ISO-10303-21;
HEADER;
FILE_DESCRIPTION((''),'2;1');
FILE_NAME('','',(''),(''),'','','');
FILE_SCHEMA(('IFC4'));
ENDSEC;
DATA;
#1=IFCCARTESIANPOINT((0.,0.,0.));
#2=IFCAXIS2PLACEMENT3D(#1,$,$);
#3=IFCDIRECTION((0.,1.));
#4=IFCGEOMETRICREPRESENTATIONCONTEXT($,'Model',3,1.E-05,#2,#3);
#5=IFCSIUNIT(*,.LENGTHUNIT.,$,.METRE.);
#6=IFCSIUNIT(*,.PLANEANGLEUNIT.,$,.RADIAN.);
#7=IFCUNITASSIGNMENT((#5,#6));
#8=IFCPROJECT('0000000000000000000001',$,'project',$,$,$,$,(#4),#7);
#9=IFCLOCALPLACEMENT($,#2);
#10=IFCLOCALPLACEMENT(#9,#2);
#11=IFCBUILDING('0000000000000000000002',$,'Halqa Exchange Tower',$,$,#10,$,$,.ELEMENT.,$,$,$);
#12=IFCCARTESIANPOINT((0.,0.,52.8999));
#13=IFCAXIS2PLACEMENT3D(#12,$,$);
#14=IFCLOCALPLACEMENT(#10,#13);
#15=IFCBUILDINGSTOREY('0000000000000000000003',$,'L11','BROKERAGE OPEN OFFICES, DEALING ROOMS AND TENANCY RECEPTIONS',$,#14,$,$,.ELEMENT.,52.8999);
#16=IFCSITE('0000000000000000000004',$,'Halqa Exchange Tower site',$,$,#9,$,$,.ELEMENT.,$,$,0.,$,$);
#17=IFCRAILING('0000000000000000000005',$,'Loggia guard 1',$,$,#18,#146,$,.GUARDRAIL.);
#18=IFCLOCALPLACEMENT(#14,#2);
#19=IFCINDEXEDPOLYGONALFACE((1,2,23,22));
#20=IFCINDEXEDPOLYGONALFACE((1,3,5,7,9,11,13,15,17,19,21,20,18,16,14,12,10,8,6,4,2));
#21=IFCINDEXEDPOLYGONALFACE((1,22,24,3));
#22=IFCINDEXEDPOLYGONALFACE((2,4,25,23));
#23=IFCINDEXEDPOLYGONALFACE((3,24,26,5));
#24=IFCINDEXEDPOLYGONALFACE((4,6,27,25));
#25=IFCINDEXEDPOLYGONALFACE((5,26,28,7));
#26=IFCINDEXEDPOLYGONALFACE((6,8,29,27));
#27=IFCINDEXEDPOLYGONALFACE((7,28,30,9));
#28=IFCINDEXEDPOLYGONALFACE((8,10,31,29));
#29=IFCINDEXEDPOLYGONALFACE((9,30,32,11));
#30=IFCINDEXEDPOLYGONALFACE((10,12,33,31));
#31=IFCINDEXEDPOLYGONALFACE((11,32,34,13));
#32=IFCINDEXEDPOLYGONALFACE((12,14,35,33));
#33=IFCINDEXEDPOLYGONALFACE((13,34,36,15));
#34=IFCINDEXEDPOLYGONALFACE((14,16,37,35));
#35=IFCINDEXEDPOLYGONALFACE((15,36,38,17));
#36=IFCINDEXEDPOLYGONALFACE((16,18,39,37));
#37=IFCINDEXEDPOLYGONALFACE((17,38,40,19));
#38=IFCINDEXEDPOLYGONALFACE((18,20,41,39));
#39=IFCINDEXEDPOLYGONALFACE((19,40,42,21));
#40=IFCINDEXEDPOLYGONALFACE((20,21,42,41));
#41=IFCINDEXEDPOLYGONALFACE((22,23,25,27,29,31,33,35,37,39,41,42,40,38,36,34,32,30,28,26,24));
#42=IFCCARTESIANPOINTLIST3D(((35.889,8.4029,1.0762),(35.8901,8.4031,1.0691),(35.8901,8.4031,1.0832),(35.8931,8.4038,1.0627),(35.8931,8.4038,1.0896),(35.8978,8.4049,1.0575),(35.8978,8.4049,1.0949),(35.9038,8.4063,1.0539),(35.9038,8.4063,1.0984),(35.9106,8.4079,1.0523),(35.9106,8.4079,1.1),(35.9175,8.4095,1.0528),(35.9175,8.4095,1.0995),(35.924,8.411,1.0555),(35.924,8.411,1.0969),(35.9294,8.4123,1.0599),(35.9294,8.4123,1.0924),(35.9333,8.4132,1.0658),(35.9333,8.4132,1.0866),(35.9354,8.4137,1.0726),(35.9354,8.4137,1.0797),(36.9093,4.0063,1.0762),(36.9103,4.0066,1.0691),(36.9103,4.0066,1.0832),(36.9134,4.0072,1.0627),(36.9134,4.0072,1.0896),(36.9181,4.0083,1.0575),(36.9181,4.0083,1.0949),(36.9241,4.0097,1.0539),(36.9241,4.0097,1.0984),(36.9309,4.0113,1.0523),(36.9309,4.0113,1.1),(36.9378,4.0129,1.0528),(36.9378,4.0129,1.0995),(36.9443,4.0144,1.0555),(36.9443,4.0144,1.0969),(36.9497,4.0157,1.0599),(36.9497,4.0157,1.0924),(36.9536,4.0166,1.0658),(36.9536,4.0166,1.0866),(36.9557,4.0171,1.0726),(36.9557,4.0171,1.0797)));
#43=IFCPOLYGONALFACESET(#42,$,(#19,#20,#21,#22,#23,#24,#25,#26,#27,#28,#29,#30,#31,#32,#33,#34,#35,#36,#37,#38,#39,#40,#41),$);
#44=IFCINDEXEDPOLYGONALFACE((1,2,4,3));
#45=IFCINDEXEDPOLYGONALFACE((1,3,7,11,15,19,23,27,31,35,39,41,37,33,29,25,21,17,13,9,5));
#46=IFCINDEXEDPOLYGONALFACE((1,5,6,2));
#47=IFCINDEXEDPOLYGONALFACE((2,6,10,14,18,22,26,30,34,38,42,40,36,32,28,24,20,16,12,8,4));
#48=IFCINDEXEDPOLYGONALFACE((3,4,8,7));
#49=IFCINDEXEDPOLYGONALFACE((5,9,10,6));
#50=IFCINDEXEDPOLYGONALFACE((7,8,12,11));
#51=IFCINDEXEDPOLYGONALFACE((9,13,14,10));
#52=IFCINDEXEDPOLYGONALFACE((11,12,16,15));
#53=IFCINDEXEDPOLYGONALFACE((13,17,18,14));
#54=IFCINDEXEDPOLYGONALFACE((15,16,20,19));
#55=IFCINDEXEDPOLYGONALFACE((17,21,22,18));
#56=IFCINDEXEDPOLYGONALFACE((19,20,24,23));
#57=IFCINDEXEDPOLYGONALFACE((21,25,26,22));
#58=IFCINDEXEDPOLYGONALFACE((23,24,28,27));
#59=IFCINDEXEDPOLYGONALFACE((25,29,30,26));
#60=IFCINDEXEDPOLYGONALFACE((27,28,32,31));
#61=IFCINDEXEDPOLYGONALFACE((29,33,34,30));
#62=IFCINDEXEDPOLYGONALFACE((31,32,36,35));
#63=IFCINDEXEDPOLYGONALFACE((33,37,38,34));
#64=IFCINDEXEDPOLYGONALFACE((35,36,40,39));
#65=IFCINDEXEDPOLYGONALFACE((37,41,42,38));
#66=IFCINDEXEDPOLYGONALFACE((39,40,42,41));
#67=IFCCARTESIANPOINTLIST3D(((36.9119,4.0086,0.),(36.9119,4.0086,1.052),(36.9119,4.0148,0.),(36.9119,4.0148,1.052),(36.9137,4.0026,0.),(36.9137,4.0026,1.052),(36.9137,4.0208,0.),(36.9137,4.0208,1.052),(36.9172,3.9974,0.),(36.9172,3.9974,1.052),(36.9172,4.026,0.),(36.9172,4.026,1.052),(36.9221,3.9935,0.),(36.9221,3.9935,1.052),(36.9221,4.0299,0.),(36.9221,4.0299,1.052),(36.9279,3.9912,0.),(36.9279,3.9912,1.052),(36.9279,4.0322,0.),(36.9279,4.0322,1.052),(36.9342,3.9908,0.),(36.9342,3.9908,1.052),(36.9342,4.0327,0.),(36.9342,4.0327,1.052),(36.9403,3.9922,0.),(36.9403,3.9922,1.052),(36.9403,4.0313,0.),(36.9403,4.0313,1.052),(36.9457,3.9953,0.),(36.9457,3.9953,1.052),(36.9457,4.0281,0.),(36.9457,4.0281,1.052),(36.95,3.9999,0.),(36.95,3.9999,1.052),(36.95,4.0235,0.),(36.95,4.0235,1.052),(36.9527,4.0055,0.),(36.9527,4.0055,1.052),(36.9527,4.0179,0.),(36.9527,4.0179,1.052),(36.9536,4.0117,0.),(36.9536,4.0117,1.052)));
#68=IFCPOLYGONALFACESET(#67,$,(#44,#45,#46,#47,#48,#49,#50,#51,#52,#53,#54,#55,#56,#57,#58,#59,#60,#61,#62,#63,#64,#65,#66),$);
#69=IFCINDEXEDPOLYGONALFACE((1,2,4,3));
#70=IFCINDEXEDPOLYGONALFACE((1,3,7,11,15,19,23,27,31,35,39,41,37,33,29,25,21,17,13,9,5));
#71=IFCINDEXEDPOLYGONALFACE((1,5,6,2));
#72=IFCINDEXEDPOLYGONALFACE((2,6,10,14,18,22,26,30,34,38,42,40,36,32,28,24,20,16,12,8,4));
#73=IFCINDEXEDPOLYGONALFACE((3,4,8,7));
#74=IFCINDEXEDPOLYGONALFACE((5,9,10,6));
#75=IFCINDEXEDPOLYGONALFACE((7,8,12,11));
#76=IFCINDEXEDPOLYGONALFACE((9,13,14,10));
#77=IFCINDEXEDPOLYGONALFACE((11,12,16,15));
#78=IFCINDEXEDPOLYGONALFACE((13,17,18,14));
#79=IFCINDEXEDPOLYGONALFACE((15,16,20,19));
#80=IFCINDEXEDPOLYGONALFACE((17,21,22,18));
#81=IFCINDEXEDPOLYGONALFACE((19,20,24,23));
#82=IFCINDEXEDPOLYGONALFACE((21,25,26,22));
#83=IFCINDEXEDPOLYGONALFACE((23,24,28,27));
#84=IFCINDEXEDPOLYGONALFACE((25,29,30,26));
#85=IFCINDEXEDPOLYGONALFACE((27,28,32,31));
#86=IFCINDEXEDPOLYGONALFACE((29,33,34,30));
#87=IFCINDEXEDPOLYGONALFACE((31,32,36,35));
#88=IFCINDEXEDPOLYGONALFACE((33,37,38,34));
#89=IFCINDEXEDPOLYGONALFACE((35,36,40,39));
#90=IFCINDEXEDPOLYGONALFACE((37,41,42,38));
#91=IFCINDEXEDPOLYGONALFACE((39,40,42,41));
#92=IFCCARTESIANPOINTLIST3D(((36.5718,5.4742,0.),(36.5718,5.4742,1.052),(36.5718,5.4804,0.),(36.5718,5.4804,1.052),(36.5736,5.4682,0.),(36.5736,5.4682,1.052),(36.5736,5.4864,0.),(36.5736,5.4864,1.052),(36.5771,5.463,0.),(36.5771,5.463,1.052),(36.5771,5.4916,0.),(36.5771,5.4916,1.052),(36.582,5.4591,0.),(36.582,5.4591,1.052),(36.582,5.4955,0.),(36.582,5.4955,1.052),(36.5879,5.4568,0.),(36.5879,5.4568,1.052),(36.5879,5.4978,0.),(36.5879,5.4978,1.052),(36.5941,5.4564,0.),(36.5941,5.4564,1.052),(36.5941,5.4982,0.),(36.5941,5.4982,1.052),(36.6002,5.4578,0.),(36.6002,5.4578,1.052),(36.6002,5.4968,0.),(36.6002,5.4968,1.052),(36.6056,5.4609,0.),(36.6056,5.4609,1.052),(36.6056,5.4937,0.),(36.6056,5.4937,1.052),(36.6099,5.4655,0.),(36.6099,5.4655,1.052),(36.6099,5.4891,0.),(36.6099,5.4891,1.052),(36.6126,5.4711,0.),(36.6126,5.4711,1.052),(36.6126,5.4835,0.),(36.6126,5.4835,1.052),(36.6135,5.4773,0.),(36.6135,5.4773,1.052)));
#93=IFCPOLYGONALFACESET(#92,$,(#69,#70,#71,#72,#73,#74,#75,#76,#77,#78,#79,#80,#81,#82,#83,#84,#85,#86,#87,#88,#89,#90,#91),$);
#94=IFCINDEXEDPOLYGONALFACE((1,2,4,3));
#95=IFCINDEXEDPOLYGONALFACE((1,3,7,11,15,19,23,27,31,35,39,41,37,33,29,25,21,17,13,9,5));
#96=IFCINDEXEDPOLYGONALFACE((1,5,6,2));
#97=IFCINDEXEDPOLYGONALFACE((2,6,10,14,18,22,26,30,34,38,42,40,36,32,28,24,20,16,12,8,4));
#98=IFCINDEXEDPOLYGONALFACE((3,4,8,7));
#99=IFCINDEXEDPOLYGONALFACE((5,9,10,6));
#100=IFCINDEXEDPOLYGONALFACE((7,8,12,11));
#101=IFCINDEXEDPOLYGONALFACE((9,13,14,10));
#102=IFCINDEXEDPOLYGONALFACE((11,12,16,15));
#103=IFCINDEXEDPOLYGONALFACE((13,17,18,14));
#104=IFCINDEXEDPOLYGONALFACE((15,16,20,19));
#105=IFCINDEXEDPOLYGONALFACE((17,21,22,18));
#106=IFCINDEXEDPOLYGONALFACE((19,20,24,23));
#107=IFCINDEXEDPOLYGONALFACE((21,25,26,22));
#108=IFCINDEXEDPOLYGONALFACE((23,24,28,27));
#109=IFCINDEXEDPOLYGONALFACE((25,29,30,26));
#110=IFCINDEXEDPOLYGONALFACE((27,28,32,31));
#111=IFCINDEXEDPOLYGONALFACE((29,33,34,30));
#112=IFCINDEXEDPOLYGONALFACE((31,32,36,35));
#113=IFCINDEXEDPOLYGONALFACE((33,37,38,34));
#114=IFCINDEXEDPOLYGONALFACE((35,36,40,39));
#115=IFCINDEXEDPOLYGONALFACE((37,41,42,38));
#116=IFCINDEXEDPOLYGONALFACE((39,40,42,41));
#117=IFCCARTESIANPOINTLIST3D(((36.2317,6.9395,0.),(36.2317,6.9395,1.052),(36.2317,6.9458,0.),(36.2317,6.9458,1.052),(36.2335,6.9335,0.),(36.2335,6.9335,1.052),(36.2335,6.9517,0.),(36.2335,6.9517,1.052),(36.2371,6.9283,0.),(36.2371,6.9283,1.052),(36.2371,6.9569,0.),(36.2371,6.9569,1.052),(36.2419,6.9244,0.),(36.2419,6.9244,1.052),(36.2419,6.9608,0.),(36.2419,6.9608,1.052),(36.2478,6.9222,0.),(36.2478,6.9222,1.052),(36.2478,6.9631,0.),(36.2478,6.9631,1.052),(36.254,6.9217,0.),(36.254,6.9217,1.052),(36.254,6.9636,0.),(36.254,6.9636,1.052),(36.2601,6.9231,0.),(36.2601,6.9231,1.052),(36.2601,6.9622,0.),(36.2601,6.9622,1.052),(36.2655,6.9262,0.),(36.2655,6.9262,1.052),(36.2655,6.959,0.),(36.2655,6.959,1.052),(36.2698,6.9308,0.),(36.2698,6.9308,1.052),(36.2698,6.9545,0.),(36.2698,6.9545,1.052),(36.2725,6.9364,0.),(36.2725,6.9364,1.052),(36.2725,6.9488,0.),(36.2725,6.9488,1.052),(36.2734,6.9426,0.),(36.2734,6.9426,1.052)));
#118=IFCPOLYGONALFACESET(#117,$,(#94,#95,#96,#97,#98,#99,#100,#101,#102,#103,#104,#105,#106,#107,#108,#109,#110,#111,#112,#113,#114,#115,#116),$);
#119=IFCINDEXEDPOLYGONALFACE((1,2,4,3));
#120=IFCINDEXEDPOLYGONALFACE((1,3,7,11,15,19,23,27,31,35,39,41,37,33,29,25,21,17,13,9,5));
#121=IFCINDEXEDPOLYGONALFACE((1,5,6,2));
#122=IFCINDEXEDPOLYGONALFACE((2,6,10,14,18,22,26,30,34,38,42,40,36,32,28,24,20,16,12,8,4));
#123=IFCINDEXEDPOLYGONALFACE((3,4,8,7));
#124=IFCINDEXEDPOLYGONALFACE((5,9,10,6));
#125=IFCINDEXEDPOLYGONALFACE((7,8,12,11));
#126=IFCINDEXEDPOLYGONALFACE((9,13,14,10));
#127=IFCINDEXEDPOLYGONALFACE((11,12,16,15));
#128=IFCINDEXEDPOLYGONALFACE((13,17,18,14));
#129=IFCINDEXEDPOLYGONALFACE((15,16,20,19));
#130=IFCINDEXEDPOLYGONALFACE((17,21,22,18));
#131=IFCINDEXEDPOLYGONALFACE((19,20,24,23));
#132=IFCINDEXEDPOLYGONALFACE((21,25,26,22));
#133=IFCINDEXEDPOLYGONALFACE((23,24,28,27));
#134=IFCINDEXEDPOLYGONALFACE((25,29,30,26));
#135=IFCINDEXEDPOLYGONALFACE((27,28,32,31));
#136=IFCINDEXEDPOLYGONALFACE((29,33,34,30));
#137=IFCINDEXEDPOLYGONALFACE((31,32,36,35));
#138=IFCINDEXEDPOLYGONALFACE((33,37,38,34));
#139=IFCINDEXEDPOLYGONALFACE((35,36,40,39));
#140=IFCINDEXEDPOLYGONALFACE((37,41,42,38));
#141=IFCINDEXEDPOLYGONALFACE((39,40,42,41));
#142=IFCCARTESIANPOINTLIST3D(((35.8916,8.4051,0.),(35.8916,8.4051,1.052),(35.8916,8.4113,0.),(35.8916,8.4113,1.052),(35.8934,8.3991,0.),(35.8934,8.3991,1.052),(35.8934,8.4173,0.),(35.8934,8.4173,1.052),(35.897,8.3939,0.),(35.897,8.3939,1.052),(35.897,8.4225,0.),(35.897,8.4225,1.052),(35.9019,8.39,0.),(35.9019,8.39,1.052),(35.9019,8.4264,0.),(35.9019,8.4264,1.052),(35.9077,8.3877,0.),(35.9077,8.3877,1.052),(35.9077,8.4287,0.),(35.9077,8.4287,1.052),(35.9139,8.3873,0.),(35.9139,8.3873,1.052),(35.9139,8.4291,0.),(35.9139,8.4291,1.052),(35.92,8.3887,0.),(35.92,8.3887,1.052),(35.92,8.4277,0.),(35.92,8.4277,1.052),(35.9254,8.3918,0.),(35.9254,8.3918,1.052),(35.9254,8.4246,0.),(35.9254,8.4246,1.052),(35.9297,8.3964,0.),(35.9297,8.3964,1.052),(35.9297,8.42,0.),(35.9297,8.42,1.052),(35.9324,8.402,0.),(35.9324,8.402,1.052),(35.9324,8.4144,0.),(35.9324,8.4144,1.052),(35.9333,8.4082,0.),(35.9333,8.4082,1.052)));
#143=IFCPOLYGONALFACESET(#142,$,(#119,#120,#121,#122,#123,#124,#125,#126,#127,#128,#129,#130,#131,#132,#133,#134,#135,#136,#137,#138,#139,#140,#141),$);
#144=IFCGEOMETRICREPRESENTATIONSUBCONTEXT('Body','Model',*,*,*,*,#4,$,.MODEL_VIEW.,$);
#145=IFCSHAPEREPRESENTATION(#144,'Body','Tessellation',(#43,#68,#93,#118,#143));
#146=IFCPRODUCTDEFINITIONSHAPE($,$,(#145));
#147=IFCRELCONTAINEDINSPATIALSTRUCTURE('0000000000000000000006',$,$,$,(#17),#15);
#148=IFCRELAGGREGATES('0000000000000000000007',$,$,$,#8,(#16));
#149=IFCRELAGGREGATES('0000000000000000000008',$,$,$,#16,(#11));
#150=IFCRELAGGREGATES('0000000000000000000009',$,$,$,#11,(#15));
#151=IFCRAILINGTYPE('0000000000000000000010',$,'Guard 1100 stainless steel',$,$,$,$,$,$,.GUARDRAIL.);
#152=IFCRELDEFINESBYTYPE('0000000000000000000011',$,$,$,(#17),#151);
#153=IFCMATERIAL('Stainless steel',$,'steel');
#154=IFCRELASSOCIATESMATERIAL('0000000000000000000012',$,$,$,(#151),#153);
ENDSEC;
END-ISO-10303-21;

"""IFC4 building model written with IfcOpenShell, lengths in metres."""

from ifc_helpers import new_model, si_unit, direction, frame, origin, origin_2d, place, context, subcontext, project, spatial, circle, extrude, material, type_object, element, save


model = new_model("IFC4")

# Units and contexts
model_context = context("Model", 3, precision=1e-05, world=origin(), true_north=direction((0.0, 1.0)))
body_context = subcontext(model_context, "Body", "Model", "MODEL_VIEW")
ifc_project = project(units=[si_unit("LENGTHUNIT", "METRE"), si_unit("PLANEANGLEUNIT", "RADIAN")], contexts=[model_context])

# Site, building, storey
site_placement = place(None, origin())
site = spatial("IfcSite", under=ifc_project, at=site_placement, Name="Halqa Exchange Tower site", CompositionType="ELEMENT", RefElevation=0.0)
building_placement = place(site_placement, origin())
building = spatial("IfcBuilding", under=site, at=building_placement, Name="Halqa Exchange Tower", CompositionType="ELEMENT")
storey_placement = place(building_placement, frame((0.0, 0.0, 52.8999)))
storey = spatial("IfcBuildingStorey", under=building, at=storey_placement, Name="L11", Description="BROKERAGE OPEN OFFICES, DEALING ROOMS AND TENANCY RECEPTIONS", CompositionType="ELEMENT", Elevation=52.8999)

# Railing
ifc_material_1 = material(Name="Stainless steel", Category="steel")
railing_type = type_object("IfcRailingType", Name="Guard 1100 stainless steel", PredefinedType="GUARDRAIL", material=ifc_material_1)
railing_1_placement = place(storey_placement, frame((36.9326, 4.0117, 0.0)))
element("IfcRailing", 1, at=railing_1_placement, inside=storey, type_object=railing_type, Name="Loggia guard 1", PredefinedType="GUARDRAIL", context=body_context, shape_type="SweptSolid", body=[
    extrude(circle(Radius=0.0239, at=origin_2d()), frame((0.0, 0.0, 1.0762), z_axis=(-0.226056, 0.974114, 0.0), x_axis=(-0.974114, -0.226056, 0.0)), (0.0, 0.0, 1.0), 4.5134),
    extrude(circle(Radius=0.021, at=origin_2d()), origin(), (0.0, 0.0, 1.0), 1.052),
    extrude(circle(Radius=0.021, at=origin_2d()), frame((-0.3401, 1.4656, 0.0)), (0.0, 0.0, 1.0), 1.052),
    extrude(circle(Radius=0.021, at=origin_2d()), frame((-0.6802, 2.9309, 0.0)), (0.0, 0.0, 1.0), 1.052),
    extrude(circle(Radius=0.021, at=origin_2d()), frame((-1.0203, 4.3965, 0.0)), (0.0, 0.0, 1.0), 1.052),
])

save(model, "model.ifc")
